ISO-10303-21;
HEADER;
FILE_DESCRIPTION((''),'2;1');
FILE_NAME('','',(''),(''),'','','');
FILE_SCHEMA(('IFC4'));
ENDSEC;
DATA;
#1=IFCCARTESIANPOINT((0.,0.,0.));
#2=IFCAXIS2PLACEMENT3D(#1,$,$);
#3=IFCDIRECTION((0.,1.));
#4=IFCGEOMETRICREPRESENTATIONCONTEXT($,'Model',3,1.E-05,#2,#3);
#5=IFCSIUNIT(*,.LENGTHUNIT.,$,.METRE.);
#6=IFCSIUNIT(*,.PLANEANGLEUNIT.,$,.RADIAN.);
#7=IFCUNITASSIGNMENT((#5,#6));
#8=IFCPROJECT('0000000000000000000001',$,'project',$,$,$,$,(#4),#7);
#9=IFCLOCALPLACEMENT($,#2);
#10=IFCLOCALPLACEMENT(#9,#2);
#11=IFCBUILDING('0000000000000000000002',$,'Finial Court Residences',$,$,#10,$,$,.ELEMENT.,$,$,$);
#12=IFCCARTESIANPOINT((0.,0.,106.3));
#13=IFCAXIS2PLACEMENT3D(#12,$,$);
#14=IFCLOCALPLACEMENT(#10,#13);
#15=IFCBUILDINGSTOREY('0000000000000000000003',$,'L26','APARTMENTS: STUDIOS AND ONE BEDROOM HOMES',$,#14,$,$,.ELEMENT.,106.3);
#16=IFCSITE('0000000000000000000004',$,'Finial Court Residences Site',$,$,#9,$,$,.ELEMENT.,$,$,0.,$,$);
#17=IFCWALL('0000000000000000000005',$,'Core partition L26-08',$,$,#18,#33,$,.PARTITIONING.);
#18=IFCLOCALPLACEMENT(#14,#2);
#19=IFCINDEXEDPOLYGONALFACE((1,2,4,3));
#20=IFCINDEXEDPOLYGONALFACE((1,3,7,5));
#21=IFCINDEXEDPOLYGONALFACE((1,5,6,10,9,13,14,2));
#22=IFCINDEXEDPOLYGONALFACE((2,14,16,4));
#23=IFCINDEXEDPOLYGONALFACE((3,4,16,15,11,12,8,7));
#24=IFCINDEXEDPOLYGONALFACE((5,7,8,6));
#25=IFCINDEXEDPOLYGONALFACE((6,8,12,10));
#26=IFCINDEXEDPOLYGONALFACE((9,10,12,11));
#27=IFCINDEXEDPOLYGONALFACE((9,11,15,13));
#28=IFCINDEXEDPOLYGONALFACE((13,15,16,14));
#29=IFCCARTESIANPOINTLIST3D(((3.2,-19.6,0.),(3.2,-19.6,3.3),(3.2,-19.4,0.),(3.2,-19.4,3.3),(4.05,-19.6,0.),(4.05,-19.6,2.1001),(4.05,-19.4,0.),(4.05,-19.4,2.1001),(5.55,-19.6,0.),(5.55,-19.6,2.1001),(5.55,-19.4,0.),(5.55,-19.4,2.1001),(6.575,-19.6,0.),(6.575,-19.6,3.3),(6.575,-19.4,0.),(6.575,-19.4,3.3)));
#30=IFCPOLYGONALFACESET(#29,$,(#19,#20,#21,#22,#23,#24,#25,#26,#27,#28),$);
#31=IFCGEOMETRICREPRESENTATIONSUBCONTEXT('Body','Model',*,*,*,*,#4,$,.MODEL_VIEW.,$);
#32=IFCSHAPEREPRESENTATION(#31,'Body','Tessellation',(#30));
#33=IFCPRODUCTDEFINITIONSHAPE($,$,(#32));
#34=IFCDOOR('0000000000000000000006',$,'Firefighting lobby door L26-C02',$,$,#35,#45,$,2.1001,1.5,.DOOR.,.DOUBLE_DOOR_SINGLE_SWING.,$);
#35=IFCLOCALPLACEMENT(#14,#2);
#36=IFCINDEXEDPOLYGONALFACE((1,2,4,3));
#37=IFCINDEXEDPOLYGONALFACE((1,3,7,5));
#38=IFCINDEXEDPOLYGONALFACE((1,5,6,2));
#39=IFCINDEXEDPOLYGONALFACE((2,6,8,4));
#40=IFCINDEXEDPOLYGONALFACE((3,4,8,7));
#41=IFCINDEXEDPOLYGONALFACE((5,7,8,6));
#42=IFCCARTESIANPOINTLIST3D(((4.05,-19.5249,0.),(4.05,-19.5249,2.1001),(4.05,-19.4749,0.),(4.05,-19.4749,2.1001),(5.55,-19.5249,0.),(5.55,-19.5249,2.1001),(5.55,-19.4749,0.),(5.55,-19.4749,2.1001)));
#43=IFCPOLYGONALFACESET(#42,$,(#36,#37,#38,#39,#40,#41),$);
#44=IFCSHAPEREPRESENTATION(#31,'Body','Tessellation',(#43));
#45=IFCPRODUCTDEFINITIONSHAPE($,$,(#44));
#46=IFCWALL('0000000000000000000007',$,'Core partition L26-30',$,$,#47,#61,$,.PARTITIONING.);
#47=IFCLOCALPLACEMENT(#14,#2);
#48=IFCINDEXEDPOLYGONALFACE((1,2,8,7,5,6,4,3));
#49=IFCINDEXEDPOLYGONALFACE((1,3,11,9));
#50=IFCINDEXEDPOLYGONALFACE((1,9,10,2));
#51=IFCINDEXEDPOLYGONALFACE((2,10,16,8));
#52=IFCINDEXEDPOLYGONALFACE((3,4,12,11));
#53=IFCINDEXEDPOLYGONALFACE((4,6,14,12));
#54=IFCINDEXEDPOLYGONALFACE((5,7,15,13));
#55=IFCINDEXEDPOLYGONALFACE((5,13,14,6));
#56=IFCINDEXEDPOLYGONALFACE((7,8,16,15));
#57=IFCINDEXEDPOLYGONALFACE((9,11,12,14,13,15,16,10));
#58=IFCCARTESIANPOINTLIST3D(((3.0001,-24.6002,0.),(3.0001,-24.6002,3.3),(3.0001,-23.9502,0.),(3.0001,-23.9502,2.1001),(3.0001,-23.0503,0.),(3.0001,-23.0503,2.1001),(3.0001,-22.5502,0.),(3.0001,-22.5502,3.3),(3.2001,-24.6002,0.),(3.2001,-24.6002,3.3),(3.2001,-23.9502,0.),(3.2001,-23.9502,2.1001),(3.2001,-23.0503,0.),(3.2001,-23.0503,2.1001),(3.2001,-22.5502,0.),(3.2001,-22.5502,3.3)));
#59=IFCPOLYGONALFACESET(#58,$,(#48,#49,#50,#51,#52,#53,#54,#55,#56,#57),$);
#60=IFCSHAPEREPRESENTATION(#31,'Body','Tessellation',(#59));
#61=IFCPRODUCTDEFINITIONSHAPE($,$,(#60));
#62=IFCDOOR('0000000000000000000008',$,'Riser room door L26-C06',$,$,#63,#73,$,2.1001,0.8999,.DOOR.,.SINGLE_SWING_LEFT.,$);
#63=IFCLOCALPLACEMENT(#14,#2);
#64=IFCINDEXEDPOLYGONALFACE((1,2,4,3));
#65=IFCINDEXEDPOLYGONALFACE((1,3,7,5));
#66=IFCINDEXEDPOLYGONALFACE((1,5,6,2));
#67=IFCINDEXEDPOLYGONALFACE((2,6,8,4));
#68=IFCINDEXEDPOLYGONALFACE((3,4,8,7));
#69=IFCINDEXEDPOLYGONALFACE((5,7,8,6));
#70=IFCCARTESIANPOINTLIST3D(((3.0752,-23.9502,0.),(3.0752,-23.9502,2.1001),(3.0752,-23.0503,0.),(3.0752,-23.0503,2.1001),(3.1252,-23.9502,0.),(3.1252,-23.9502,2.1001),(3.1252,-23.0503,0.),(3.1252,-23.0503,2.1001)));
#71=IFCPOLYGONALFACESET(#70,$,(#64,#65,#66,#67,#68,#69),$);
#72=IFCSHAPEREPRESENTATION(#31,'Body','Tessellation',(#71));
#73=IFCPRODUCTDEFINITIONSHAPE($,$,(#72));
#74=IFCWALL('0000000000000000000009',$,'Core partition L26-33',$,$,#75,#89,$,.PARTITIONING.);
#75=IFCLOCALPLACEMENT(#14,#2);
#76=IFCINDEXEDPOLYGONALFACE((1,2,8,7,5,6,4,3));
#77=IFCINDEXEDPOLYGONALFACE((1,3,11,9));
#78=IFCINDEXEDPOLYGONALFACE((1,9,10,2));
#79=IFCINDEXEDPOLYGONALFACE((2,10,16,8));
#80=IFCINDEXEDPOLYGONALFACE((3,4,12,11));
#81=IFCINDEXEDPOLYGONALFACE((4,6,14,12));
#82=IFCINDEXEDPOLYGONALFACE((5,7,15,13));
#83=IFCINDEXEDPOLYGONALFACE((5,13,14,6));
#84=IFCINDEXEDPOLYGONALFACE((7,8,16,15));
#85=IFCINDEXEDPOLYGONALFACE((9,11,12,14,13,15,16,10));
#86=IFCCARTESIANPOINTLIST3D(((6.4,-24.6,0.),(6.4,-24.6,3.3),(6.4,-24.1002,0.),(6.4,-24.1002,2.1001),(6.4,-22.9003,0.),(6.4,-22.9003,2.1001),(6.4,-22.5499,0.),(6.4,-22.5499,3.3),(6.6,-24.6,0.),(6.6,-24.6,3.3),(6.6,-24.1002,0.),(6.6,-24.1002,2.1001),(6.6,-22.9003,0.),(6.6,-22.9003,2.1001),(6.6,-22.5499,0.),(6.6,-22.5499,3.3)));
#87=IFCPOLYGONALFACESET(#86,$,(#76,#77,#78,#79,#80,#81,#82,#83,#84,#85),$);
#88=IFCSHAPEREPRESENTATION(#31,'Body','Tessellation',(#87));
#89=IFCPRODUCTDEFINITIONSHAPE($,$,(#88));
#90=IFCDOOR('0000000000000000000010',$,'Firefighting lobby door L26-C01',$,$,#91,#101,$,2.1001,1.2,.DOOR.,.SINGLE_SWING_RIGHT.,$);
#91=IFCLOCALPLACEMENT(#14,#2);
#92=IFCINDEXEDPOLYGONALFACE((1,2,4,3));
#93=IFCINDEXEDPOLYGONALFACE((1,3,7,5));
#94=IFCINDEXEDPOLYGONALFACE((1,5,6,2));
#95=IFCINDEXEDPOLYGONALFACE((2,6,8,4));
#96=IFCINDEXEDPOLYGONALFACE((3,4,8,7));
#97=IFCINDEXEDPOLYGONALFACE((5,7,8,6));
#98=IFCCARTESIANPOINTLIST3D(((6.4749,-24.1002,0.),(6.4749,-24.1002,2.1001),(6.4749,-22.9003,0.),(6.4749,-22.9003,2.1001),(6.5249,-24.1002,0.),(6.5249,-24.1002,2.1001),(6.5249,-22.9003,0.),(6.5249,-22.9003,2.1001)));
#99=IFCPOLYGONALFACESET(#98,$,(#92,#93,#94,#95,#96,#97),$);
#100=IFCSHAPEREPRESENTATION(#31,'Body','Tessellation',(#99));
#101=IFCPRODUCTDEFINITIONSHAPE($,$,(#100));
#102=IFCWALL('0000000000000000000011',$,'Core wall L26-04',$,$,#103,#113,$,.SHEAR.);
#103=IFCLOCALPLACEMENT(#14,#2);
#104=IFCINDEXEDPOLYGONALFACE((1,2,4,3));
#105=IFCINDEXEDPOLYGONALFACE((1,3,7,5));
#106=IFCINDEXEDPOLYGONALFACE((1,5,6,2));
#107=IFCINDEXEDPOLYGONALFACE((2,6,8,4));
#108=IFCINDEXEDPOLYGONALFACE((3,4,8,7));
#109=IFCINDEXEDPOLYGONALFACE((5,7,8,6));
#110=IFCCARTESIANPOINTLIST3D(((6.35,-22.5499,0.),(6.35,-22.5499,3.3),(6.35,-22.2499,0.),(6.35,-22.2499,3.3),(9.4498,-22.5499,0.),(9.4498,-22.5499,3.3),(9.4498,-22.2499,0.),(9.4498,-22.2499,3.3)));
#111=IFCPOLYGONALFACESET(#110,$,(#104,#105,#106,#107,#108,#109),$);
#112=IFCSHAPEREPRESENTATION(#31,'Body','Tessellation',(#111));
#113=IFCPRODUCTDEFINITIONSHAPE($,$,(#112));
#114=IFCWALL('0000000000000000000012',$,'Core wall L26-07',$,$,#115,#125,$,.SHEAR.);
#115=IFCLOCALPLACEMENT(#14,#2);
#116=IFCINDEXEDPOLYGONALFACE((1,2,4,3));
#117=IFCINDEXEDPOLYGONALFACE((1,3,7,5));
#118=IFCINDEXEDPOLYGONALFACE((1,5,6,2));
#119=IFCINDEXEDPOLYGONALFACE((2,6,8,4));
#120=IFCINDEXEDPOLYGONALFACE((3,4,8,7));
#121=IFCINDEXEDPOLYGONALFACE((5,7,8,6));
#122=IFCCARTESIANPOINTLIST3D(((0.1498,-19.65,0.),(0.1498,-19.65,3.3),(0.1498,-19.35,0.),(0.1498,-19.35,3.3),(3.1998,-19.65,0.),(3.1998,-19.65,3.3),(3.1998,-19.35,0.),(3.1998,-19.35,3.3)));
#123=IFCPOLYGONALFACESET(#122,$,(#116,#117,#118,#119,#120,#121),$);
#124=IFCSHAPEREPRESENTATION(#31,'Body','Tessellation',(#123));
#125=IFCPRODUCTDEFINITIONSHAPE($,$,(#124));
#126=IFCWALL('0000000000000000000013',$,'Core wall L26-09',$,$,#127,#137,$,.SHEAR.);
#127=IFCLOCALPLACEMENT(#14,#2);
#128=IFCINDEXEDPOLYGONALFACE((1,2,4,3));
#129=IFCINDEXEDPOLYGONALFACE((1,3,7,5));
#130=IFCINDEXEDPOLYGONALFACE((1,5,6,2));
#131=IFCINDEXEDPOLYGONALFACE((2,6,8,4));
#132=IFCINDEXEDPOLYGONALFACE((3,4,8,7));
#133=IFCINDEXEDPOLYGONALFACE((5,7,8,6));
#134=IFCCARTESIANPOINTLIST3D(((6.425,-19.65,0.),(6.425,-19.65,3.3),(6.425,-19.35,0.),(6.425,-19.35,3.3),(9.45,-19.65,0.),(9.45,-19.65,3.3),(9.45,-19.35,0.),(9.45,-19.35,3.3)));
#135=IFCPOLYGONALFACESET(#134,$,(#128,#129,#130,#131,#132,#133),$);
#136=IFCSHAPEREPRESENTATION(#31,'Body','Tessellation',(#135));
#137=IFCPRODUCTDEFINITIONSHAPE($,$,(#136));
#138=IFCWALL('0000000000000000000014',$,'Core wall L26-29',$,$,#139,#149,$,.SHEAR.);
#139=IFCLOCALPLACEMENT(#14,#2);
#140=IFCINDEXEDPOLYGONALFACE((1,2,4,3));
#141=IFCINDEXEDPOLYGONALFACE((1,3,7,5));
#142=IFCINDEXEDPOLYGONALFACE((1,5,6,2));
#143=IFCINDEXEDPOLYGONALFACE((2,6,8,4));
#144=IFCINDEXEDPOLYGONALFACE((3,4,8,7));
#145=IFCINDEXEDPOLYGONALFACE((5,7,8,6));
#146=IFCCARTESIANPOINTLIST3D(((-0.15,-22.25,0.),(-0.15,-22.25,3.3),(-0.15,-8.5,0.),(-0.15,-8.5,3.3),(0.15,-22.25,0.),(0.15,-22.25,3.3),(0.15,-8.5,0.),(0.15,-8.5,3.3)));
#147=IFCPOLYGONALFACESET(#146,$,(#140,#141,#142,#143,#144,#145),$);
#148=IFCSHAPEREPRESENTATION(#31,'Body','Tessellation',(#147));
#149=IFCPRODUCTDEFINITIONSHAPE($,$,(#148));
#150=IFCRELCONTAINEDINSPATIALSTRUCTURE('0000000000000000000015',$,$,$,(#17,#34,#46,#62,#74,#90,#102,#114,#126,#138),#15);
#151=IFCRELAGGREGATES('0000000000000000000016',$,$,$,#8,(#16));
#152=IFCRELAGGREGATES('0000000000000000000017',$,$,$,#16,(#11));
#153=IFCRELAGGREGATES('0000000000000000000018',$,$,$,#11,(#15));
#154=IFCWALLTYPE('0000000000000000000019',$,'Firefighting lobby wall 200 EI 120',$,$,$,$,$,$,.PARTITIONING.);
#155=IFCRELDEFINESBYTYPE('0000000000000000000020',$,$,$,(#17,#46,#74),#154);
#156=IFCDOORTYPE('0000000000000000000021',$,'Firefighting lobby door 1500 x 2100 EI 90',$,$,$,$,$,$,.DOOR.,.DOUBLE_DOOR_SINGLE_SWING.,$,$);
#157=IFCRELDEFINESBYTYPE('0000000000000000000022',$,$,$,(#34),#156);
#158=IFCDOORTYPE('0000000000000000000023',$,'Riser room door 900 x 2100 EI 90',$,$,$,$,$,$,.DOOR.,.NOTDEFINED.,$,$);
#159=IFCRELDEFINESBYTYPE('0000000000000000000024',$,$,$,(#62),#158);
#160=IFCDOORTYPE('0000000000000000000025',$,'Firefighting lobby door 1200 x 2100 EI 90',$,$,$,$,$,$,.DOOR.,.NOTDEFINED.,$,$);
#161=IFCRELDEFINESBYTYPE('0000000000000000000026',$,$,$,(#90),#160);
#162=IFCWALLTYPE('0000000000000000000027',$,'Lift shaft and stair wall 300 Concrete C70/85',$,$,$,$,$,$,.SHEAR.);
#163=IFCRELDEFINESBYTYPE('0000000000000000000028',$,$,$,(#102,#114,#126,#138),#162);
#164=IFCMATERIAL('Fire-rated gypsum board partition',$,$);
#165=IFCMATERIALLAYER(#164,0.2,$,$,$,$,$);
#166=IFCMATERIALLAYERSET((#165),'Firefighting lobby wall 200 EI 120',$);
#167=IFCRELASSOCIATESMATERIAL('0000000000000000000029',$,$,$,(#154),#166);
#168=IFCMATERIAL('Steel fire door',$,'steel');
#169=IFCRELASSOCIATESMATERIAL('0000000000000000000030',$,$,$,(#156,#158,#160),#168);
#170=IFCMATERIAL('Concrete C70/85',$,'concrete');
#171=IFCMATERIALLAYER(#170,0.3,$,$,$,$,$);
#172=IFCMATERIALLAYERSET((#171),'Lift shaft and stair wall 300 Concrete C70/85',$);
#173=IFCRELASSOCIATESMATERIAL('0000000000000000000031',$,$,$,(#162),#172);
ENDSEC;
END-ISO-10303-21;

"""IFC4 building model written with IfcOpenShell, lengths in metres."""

from ifc_helpers import new_model, si_unit, direction, frame, frame_2d, origin, place, context, subcontext, project, spatial, rectangle, extrude, material, layer, layer_set, type_object, element, fill, save


model = new_model("IFC4")

# Units and contexts
model_context = context("Model", 3, precision=1e-05, world=origin(), true_north=direction((0.0, 1.0)))
body_context = subcontext(model_context, "Body", "Model", "MODEL_VIEW")
ifc_project = project(units=[si_unit("LENGTHUNIT", "METRE"), si_unit("PLANEANGLEUNIT", "RADIAN")], contexts=[model_context])

# Site, building, storey
site_placement = place(None, origin())
site = spatial("IfcSite", under=ifc_project, at=site_placement, Name="Finial Court Residences Site", CompositionType="ELEMENT", RefElevation=0.0)
building_placement = place(site_placement, origin())
building = spatial("IfcBuilding", under=site, at=building_placement, Name="Finial Court Residences", CompositionType="ELEMENT")
storey_placement = place(building_placement, frame((0.0, 0.0, 106.3)))
storey = spatial("IfcBuildingStorey", under=building, at=storey_placement, Name="L26", Description="APARTMENTS: STUDIOS AND ONE BEDROOM HOMES", CompositionType="ELEMENT", Elevation=106.3)

# Walls, openings, doors
ifc_material_1 = material(Name="Fire-rated gypsum board partition")
ifc_layer_1 = layer(ifc_material_1, 0.2)
ifc_layer_set_1 = layer_set([ifc_layer_1], Name="Firefighting lobby wall 200 EI 120")
wall_type_1 = type_object("IfcWallType", Name="Firefighting lobby wall 200 EI 120", PredefinedType="PARTITIONING", material=ifc_layer_set_1)
wall_1_placement = place(storey_placement, frame((6.575, -19.5, 0.0), z_axis=(0.0, 0.0, 1.0), x_axis=(-1.0, 0.0, 0.0)))
wall_1 = element("IfcWall", 1, at=wall_1_placement, inside=storey, type_object=wall_type_1, Name="Core partition L26-08", PredefinedType="PARTITIONING", context=body_context, shape_type="SweptSolid", body=[
    extrude(rectangle(XDim=3.375, YDim=0.2, at=frame_2d((1.6875, 0.0))), origin(), (0.0, 0.0, 1.0), 3.3),
])
opening_1_placement = place(wall_1_placement, frame((1.0249, 0.0, 0.0)))
opening_1 = element("IfcOpeningElement", 2, at=opening_1_placement, cuts=wall_1, PredefinedType="OPENING", context=body_context, shape_type="SweptSolid", body=[
    extrude(rectangle(XDim=1.5, YDim=2.1001, at=frame_2d((0.75, 1.05))), frame((0.0, 0.1099, 0.0), z_axis=(0.0, -1.0, 0.0), x_axis=(1.0, 0.0, 0.0)), (0.0, 0.0, 1.0), 0.22),
])
ifc_material_2 = material(Name="Steel fire door", Category="steel")
door_type_1 = type_object("IfcDoorType", Name="Firefighting lobby door 1500 x 2100 EI 90", OperationType="DOUBLE_DOOR_SINGLE_SWING", PredefinedType="DOOR", material=ifc_material_2)
door_1_placement = place(opening_1_placement, origin())
door_1 = element("IfcDoor", 3, at=door_1_placement, inside=storey, type_object=door_type_1, Name="Firefighting lobby door L26-C02", OperationType="DOUBLE_DOOR_SINGLE_SWING", OverallHeight=2.1001, OverallWidth=1.5, PredefinedType="DOOR", context=body_context, shape_type="SweptSolid", body=[
    extrude(rectangle(XDim=1.5, YDim=2.1001, at=frame_2d((0.75, 1.05))), frame((0.0, 0.0249, 0.0), z_axis=(0.0, -1.0, 0.0), x_axis=(1.0, 0.0, 0.0)), (0.0, 0.0, 1.0), 0.05),
])
fill(opening_1, door_1)
wall_2_placement = place(storey_placement, frame((3.1001, -24.6001, 0.0), z_axis=(0.0, 0.0, 1.0), x_axis=(0.0, 1.0, 0.0)))
wall_2 = element("IfcWall", 4, at=wall_2_placement, inside=storey, type_object=wall_type_1, Name="Core partition L26-30", PredefinedType="PARTITIONING", context=body_context, shape_type="SweptSolid", body=[
    extrude(rectangle(XDim=2.05, YDim=0.2, at=frame_2d((1.0249, 0.0))), origin(), (0.0, 0.0, 1.0), 3.3),
])
opening_2_placement = place(wall_2_placement, frame((0.6499, 0.0, 0.0)))
opening_2 = element("IfcOpeningElement", 5, at=opening_2_placement, cuts=wall_2, PredefinedType="OPENING", context=body_context, shape_type="SweptSolid", body=[
    extrude(rectangle(XDim=0.8999, YDim=2.1001, at=frame_2d((0.45, 1.05))), frame((0.0, 0.1099, 0.0), z_axis=(0.0, -1.0, 0.0), x_axis=(1.0, 0.0, 0.0)), (0.0, 0.0, 1.0), 0.22),
])
door_type_2 = type_object("IfcDoorType", Name="Riser room door 900 x 2100 EI 90", OperationType="NOTDEFINED", PredefinedType="DOOR", material=ifc_material_2)
door_2_placement = place(opening_2_placement, origin())
door_2 = element("IfcDoor", 6, at=door_2_placement, inside=storey, type_object=door_type_2, Name="Riser room door L26-C06", OperationType="SINGLE_SWING_LEFT", OverallHeight=2.1001, OverallWidth=0.8999, PredefinedType="DOOR", context=body_context, shape_type="SweptSolid", body=[
    extrude(rectangle(XDim=0.8999, YDim=2.1001, at=frame_2d((0.45, 1.05))), frame((0.0, 0.0249, 0.0), z_axis=(0.0, -1.0, 0.0), x_axis=(1.0, 0.0, 0.0)), (0.0, 0.0, 1.0), 0.05),
])
fill(opening_2, door_2)
wall_3_placement = place(storey_placement, frame((6.5, -22.55, 0.0), z_axis=(0.0, 0.0, 1.0), x_axis=(0.0, -1.0, 0.0)))
wall_3 = element("IfcWall", 7, at=wall_3_placement, inside=storey, type_object=wall_type_1, Name="Core partition L26-33", PredefinedType="PARTITIONING", context=body_context, shape_type="SweptSolid", body=[
    extrude(rectangle(XDim=2.05, YDim=0.2, at=frame_2d((1.0249, 0.0))), origin(), (0.0, 0.0, 1.0), 3.3),
])
opening_3_placement = place(wall_3_placement, frame((0.3501, 0.0, 0.0)))
opening_3 = element("IfcOpeningElement", 8, at=opening_3_placement, cuts=wall_3, PredefinedType="OPENING", context=body_context, shape_type="SweptSolid", body=[
    extrude(rectangle(XDim=1.2, YDim=2.1001, at=frame_2d((0.6001, 1.05))), frame((0.0, 0.1099, 0.0), z_axis=(0.0, -1.0, 0.0), x_axis=(1.0, 0.0, 0.0)), (0.0, 0.0, 1.0), 0.22),
])
door_type_3 = type_object("IfcDoorType", Name="Firefighting lobby door 1200 x 2100 EI 90", OperationType="NOTDEFINED", PredefinedType="DOOR", material=ifc_material_2)
door_3_placement = place(opening_3_placement, origin())
door_3 = element("IfcDoor", 9, at=door_3_placement, inside=storey, type_object=door_type_3, Name="Firefighting lobby door L26-C01", OperationType="SINGLE_SWING_RIGHT", OverallHeight=2.1001, OverallWidth=1.2, PredefinedType="DOOR", context=body_context, shape_type="SweptSolid", body=[
    extrude(rectangle(XDim=1.2, YDim=2.1001, at=frame_2d((0.6001, 1.05))), frame((0.0, 0.0249, 0.0), z_axis=(0.0, -1.0, 0.0), x_axis=(1.0, 0.0, 0.0)), (0.0, 0.0, 1.0), 0.05),
])
fill(opening_3, door_3)

# Walls
ifc_material_3 = material(Name="Concrete C70/85", Category="concrete")
ifc_layer_2 = layer(ifc_material_3, 0.3)
ifc_layer_set_2 = layer_set([ifc_layer_2], Name="Lift shaft and stair wall 300 Concrete C70/85")
wall_type_2 = type_object("IfcWallType", Name="Lift shaft and stair wall 300 Concrete C70/85", PredefinedType="SHEAR", material=ifc_layer_set_2)
wall_4_placement = place(storey_placement, frame((6.3501, -22.3999, 0.0), z_axis=(0.0, 0.0, 1.0), x_axis=(1.0, 0.0, 0.0)))
element("IfcWall", 10, at=wall_4_placement, inside=storey, type_object=wall_type_2, Name="Core wall L26-04", PredefinedType="SHEAR", context=body_context, shape_type="SweptSolid", body=[
    extrude(rectangle(XDim=3.0999, YDim=0.3, at=frame_2d((1.5498, 0.0))), origin(), (0.0, 0.0, 1.0), 3.3),
])
wall_5_placement = place(storey_placement, frame((0.1499, -19.5, 0.0), z_axis=(0.0, 0.0, 1.0), x_axis=(1.0, 0.0, 0.0)))
element("IfcWall", 11, at=wall_5_placement, inside=storey, type_object=wall_type_2, Name="Core wall L26-07", PredefinedType="SHEAR", context=body_context, shape_type="SweptSolid", body=[
    extrude(rectangle(XDim=3.05, YDim=0.3, at=frame_2d((1.5249, 0.0))), origin(), (0.0, 0.0, 1.0), 3.3),
])
wall_6_placement = place(storey_placement, frame((6.425, -19.5, 0.0), z_axis=(0.0, 0.0, 1.0), x_axis=(1.0, 0.0, 0.0)))
element("IfcWall", 12, at=wall_6_placement, inside=storey, type_object=wall_type_2, Name="Core wall L26-09", PredefinedType="SHEAR", context=body_context, shape_type="SweptSolid", body=[
    extrude(rectangle(XDim=3.0249, YDim=0.3, at=frame_2d((1.5125, 0.0))), origin(), (0.0, 0.0, 1.0), 3.3),
])
wall_7_placement = place(storey_placement, frame((0.0, -22.25, 0.0), z_axis=(0.0, 0.0, 1.0), x_axis=(0.0, 1.0, 0.0)))
element("IfcWall", 13, at=wall_7_placement, inside=storey, type_object=wall_type_2, Name="Core wall L26-29", PredefinedType="SHEAR", context=body_context, shape_type="SweptSolid", body=[
    extrude(rectangle(XDim=13.75, YDim=0.3, at=frame_2d((6.875, 0.0))), origin(), (0.0, 0.0, 1.0), 3.3),
])

save(model, "model.ifc")
